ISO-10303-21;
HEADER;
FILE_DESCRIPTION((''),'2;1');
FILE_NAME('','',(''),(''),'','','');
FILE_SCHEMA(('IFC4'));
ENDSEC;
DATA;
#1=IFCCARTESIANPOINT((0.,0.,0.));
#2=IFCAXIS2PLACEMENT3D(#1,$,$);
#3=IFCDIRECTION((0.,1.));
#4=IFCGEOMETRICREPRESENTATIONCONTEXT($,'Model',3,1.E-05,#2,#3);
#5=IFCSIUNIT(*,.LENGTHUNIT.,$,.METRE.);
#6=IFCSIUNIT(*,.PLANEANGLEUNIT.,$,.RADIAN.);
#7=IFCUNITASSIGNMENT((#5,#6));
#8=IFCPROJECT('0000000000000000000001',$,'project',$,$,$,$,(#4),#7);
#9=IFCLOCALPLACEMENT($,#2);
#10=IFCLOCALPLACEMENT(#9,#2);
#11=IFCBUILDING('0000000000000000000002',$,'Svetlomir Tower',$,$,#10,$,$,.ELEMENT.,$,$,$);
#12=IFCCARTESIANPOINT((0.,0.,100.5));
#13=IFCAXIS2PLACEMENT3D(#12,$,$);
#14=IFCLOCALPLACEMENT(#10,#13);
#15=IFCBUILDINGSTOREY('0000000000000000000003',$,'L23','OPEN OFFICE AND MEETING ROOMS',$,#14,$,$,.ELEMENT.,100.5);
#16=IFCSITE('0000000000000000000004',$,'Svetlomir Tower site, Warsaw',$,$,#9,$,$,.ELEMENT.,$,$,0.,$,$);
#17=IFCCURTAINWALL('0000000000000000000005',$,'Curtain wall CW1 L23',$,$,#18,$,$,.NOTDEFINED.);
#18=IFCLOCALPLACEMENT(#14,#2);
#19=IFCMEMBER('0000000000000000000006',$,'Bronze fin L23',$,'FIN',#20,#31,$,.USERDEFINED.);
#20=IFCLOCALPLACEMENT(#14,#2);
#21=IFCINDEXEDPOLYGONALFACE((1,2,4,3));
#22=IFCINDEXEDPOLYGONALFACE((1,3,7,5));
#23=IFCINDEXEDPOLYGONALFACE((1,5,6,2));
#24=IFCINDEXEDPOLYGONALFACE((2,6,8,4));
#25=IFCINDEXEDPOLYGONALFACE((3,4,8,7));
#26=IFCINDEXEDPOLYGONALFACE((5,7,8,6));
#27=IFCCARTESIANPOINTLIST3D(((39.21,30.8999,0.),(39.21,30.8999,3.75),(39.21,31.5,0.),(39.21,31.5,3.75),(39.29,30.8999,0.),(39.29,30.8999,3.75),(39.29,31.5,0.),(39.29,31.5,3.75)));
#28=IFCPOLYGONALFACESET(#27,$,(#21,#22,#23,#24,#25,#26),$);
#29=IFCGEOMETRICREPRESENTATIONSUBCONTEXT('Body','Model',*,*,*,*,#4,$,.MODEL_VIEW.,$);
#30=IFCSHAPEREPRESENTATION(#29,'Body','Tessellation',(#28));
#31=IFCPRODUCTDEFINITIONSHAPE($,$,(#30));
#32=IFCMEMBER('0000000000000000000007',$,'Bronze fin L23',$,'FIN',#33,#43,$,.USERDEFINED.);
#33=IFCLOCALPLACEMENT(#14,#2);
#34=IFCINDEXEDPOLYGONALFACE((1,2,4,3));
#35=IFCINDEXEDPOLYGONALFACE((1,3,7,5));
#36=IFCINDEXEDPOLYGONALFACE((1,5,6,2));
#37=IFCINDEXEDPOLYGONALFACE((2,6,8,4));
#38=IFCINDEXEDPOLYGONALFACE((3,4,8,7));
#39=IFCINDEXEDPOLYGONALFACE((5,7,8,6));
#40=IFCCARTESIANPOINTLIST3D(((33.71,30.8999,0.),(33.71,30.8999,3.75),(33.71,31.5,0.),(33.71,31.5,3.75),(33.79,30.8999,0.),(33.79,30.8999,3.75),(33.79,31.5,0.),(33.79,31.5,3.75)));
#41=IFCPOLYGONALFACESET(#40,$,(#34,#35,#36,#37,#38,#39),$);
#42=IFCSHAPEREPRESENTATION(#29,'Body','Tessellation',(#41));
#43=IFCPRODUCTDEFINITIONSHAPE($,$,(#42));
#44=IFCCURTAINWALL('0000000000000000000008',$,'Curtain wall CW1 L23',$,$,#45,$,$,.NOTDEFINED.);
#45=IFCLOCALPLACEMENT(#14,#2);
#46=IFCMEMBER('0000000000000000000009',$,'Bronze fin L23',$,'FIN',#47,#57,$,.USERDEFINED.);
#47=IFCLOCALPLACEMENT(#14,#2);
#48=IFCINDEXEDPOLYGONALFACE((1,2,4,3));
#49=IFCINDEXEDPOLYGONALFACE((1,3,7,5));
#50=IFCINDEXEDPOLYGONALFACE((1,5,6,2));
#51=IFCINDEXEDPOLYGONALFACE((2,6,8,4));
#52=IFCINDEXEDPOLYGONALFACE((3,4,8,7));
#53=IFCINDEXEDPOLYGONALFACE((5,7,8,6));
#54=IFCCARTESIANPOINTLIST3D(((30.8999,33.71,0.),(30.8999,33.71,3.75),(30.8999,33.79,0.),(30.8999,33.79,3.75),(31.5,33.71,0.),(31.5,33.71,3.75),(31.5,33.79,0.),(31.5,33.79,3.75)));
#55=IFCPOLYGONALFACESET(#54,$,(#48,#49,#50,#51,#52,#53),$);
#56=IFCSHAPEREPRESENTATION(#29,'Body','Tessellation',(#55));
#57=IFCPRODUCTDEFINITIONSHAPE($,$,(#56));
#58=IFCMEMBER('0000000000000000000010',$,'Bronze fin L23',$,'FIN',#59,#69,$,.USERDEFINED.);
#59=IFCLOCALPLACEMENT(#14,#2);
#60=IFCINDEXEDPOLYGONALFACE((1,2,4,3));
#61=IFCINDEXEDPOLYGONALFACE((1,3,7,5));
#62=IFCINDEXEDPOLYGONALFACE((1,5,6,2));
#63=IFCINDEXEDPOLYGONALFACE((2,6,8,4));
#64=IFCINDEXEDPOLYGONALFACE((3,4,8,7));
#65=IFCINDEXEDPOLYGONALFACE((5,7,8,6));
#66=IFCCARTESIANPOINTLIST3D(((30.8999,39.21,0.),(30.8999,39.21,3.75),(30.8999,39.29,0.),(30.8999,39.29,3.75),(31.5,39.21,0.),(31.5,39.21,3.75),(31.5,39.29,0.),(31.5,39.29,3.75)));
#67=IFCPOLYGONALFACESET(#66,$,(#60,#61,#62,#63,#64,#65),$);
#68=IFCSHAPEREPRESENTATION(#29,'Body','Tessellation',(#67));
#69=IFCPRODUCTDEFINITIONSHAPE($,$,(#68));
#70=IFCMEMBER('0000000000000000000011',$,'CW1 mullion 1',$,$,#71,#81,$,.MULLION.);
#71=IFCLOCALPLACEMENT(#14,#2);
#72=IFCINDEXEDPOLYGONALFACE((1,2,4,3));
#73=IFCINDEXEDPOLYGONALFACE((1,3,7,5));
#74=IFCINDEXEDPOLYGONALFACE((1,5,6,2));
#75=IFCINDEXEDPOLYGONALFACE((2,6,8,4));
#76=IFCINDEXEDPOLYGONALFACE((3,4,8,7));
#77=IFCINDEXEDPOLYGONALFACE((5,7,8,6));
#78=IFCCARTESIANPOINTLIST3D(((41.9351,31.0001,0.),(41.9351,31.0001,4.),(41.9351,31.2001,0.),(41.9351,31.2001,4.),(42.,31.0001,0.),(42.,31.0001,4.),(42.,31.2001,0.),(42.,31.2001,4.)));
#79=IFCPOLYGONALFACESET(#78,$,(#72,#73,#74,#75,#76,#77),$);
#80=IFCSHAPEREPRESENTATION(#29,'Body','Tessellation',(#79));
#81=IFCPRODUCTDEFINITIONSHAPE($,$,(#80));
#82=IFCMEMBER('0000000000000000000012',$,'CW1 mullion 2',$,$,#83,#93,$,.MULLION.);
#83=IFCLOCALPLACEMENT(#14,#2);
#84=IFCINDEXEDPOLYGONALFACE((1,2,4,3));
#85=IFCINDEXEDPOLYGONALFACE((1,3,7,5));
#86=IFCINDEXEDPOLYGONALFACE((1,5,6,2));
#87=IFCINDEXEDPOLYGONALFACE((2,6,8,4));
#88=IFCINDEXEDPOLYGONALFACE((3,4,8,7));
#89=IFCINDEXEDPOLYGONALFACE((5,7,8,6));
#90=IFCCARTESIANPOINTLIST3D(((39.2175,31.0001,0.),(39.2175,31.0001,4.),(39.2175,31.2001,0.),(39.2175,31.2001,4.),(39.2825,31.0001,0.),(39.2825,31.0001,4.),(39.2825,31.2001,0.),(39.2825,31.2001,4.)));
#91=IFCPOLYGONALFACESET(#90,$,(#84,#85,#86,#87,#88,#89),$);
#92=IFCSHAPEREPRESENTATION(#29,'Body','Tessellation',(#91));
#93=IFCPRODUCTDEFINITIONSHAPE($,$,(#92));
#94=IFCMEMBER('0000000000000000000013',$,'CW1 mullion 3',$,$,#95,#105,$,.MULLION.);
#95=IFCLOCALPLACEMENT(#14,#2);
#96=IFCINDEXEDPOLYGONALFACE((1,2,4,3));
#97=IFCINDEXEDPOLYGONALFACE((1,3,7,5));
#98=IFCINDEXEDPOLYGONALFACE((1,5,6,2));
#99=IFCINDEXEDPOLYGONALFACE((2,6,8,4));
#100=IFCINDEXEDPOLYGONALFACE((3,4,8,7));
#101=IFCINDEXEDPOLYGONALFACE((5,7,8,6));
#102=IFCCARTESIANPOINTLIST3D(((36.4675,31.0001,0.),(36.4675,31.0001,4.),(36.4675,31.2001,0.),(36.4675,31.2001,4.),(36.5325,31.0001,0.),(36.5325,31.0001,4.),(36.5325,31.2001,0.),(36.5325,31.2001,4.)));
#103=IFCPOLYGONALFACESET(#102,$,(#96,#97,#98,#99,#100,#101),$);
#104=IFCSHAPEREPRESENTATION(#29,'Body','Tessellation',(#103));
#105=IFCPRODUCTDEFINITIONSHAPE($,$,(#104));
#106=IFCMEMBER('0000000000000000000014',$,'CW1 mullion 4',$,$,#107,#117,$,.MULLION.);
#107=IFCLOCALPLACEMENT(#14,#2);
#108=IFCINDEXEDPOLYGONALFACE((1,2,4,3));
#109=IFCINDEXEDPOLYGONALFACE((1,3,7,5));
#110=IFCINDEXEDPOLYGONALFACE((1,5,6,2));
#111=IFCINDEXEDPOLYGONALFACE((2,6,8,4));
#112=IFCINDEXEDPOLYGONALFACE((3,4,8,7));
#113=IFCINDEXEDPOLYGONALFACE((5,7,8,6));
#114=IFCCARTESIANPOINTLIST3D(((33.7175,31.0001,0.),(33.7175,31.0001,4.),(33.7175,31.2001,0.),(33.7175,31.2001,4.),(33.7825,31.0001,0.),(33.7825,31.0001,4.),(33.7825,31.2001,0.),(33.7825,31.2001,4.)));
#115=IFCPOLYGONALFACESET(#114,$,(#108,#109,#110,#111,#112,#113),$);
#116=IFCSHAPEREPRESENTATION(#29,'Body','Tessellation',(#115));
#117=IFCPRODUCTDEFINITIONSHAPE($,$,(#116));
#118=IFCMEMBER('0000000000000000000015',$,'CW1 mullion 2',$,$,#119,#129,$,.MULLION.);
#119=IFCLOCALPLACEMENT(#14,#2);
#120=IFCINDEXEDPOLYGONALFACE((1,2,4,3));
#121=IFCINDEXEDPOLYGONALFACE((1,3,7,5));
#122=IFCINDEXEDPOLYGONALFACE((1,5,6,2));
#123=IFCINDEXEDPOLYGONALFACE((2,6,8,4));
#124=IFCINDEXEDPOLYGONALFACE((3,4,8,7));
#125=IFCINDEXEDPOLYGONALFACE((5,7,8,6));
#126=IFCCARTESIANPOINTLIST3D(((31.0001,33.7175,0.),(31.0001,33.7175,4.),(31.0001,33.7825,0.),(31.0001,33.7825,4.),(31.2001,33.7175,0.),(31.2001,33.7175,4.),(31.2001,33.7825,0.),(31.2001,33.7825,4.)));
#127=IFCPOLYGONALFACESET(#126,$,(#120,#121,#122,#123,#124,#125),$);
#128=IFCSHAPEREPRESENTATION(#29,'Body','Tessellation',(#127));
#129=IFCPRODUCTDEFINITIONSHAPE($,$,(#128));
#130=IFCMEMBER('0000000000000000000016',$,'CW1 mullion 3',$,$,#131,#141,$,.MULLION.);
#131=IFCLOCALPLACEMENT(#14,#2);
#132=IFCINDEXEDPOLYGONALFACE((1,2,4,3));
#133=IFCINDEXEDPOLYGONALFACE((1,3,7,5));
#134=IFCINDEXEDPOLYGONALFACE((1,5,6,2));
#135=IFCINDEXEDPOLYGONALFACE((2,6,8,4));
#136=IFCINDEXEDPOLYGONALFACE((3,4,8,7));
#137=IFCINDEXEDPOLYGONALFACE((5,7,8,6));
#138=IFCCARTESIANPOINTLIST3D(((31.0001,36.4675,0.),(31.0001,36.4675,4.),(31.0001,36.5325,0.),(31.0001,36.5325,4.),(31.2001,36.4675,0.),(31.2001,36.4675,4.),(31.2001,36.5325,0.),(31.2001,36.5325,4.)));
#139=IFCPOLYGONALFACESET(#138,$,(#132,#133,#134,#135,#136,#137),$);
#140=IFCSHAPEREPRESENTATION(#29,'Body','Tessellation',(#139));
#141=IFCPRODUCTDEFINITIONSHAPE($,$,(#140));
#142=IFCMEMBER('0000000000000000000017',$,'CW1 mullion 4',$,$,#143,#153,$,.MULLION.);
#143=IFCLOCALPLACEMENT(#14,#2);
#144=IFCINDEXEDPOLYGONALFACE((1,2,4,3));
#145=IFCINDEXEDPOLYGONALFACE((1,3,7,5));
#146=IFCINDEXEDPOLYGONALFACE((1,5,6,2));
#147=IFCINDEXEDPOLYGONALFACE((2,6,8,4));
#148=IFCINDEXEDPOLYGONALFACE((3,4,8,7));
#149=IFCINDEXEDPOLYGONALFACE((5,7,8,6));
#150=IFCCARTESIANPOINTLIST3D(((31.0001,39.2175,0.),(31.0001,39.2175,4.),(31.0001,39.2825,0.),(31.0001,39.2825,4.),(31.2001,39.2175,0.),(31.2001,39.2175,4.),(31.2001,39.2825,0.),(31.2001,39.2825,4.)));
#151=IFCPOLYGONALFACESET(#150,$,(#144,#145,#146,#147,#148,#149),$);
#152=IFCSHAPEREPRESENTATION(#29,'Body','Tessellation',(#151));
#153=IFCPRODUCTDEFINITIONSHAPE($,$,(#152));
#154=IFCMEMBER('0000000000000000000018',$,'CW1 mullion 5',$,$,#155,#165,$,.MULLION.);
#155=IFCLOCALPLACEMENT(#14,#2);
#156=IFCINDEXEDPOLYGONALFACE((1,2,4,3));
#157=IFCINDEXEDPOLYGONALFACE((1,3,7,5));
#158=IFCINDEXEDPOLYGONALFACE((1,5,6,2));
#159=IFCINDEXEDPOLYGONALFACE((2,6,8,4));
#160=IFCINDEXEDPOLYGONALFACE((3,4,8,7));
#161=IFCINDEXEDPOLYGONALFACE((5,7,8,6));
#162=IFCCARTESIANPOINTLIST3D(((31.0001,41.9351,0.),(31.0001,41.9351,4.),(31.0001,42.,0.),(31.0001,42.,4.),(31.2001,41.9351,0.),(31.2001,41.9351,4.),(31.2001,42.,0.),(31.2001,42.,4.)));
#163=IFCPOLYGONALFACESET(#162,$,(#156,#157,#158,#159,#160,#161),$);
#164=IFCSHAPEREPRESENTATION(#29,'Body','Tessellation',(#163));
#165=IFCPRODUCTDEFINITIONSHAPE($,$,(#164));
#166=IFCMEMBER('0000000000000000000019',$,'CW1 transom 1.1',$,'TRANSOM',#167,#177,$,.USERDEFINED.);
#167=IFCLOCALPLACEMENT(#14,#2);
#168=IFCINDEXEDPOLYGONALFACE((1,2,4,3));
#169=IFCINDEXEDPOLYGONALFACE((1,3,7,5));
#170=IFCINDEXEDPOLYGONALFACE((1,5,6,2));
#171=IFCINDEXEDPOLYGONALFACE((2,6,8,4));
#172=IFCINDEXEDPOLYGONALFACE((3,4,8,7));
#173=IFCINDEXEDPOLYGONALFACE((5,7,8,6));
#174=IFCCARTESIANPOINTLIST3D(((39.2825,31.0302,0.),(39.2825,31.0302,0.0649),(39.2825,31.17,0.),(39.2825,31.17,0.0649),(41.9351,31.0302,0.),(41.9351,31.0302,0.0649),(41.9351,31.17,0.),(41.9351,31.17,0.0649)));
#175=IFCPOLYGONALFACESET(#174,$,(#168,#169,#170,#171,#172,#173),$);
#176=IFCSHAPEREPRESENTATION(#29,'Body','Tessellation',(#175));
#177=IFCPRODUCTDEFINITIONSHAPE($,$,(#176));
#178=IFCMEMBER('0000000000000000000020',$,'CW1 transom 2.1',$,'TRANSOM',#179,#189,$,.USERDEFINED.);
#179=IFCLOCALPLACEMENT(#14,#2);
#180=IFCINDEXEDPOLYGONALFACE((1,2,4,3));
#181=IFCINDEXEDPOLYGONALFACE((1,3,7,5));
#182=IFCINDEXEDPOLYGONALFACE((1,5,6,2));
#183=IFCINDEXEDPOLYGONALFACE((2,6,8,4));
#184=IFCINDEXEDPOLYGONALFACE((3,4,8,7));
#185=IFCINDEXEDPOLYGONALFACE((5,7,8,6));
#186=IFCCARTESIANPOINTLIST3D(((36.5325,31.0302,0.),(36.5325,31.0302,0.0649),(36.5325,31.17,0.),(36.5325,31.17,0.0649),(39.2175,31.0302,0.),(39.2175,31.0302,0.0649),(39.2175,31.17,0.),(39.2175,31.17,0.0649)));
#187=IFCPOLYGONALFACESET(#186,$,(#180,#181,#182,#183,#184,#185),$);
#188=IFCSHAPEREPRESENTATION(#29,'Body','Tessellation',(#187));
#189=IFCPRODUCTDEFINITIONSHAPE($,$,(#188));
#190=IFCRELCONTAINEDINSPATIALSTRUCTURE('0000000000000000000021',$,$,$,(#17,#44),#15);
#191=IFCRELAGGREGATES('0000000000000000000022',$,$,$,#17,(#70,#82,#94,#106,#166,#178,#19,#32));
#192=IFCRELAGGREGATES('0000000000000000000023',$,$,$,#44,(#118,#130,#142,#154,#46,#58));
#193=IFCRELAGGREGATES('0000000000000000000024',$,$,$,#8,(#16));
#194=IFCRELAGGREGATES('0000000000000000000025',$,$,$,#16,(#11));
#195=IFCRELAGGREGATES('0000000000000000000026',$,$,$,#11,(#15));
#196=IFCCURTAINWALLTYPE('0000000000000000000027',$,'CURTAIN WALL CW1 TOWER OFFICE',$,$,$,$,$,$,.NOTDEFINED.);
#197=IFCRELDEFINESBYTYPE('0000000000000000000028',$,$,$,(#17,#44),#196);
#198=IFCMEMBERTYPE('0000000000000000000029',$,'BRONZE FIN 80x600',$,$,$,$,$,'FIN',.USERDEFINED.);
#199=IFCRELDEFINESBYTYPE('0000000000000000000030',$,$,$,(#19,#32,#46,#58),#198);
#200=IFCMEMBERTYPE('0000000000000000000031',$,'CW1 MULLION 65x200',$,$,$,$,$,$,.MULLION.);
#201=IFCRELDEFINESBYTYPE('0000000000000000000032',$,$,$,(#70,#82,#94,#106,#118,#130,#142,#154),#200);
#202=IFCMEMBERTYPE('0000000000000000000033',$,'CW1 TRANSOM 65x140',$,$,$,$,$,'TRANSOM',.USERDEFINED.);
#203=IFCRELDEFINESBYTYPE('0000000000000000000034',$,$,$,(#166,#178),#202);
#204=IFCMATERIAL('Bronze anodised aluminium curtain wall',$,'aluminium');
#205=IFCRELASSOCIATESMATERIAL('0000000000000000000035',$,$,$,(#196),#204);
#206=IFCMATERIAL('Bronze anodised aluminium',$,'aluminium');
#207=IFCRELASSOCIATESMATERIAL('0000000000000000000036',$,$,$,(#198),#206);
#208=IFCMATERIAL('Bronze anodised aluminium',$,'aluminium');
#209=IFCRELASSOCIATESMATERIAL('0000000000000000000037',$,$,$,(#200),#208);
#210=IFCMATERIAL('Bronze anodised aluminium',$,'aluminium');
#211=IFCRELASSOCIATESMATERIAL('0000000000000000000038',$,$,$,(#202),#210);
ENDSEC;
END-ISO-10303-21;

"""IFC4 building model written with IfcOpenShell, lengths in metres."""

from ifc_helpers import new_model, si_unit, direction, frame, origin, origin_2d, place, context, subcontext, project, spatial, rectangle, extrude, material, material_profile, profile_set, type_object, element, aggregate, save


model = new_model("IFC4")

# Units and contexts
model_context = context("Model", 3, precision=1e-05, world=origin(), true_north=direction((0.0, 1.0)))
body_context = subcontext(model_context, "Body", "Model", "MODEL_VIEW")
ifc_project = project(units=[si_unit("LENGTHUNIT", "METRE"), si_unit("PLANEANGLEUNIT", "RADIAN")], contexts=[model_context])

# Site, building, storey
site_placement = place(None, origin())
site = spatial("IfcSite", under=ifc_project, at=site_placement, Name="Svetlomir Tower site, Warsaw", CompositionType="ELEMENT", RefElevation=0.0)
building_placement = place(site_placement, origin())
building = spatial("IfcBuilding", under=site, at=building_placement, Name="Svetlomir Tower", CompositionType="ELEMENT")
storey_placement = place(building_placement, frame((0.0, 0.0, 100.5)))
storey = spatial("IfcBuildingStorey", under=building, at=storey_placement, Name="L23", Description="OPEN OFFICE AND MEETING ROOMS", CompositionType="ELEMENT", Elevation=100.5)

# Curtain walls, members
ifc_material_1 = material(Name="Bronze anodised aluminium curtain wall", Category="aluminium")
curtain_wall_type = type_object("IfcCurtainWallType", Name="CURTAIN WALL CW1 TOWER OFFICE", PredefinedType="NOTDEFINED", material=ifc_material_1)
curtain_wall_1_placement = place(storey_placement, origin())
curtain_wall_1 = element("IfcCurtainWall", 1, at=curtain_wall_1_placement, inside=storey, type_object=curtain_wall_type, Name="Curtain wall CW1 L23", PredefinedType="NOTDEFINED")
ifc_material_2 = material(Name="Bronze anodised aluminium", Category="aluminium")
ifc_material_profile_1 = material_profile(ifc_material_2, rectangle(XDim=0.0801, YDim=0.6001, at=origin_2d()), Name="FIN 80x600")
ifc_profile_set_1 = profile_set([ifc_material_profile_1], Name="Bronze anodised aluminium 6063-T6")
member_type_1 = type_object("IfcMemberType", Name="BRONZE FIN 80x600", ElementType="FIN", PredefinedType="USERDEFINED", material=ifc_profile_set_1)
member_1_placement = place(storey_placement, frame((39.25, 31.2, 0.0), z_axis=(0.0, 0.0, 1.0), x_axis=(1.0, 0.0, 0.0)))
member_1 = element("IfcMember", 2, at=member_1_placement, type_object=member_type_1, Name="Bronze fin L23", ObjectType="FIN", PredefinedType="USERDEFINED", context=body_context, shape_type="SweptSolid", body=[
    extrude(rectangle(XDim=0.0801, YDim=0.6001, at=origin_2d()), origin(), (0.0, 0.0, 1.0), 3.75),
])
member_2_placement = place(storey_placement, frame((33.75, 31.2, 0.0), z_axis=(0.0, 0.0, 1.0), x_axis=(1.0, 0.0, 0.0)))
member_2 = element("IfcMember", 3, at=member_2_placement, type_object=member_type_1, Name="Bronze fin L23", ObjectType="FIN", PredefinedType="USERDEFINED", context=body_context, shape_type="SweptSolid", body=[
    extrude(rectangle(XDim=0.0801, YDim=0.6001, at=origin_2d()), origin(), (0.0, 0.0, 1.0), 3.75),
])
curtain_wall_2_placement = place(storey_placement, origin())
curtain_wall_2 = element("IfcCurtainWall", 4, at=curtain_wall_2_placement, inside=storey, type_object=curtain_wall_type, Name="Curtain wall CW1 L23", PredefinedType="NOTDEFINED")
member_3_placement = place(storey_placement, frame((31.2, 33.75, 0.0), z_axis=(0.0, 0.0, 1.0), x_axis=(0.0, 1.0, 0.0)))
member_3 = element("IfcMember", 5, at=member_3_placement, type_object=member_type_1, Name="Bronze fin L23", ObjectType="FIN", PredefinedType="USERDEFINED", context=body_context, shape_type="SweptSolid", body=[
    extrude(rectangle(XDim=0.0801, YDim=0.6001, at=origin_2d()), origin(), (0.0, 0.0, 1.0), 3.75),
])
member_4_placement = place(storey_placement, frame((31.2, 39.25, 0.0), z_axis=(0.0, 0.0, 1.0), x_axis=(0.0, 1.0, 0.0)))
member_4 = element("IfcMember", 6, at=member_4_placement, type_object=member_type_1, Name="Bronze fin L23", ObjectType="FIN", PredefinedType="USERDEFINED", context=body_context, shape_type="SweptSolid", body=[
    extrude(rectangle(XDim=0.0801, YDim=0.6001, at=origin_2d()), origin(), (0.0, 0.0, 1.0), 3.75),
])

# Members
ifc_material_3 = material(Name="Bronze anodised aluminium", Category="aluminium")
ifc_material_profile_2 = material_profile(ifc_material_3, rectangle(XDim=0.0649, YDim=0.2, at=origin_2d()), Name="AL 65x200")
ifc_profile_set_2 = profile_set([ifc_material_profile_2], Name="Bronze anodised aluminium 6063-T6")
member_type_2 = type_object("IfcMemberType", Name="CW1 MULLION 65x200", PredefinedType="MULLION", material=ifc_profile_set_2)
member_5_placement = place(storey_placement, frame((41.9675, 31.1001, 0.0), z_axis=(0.0, 0.0, 1.0), x_axis=(-1.0, 0.0, 0.0)))
member_5 = element("IfcMember", 7, at=member_5_placement, type_object=member_type_2, Name="CW1 mullion 1", PredefinedType="MULLION", context=body_context, shape_type="SweptSolid", body=[
    extrude(rectangle(XDim=0.0649, YDim=0.2, at=origin_2d()), origin(), (0.0, 0.0, 1.0), 4.0),
])
member_6_placement = place(storey_placement, frame((39.25, 31.1001, 0.0), z_axis=(0.0, 0.0, 1.0), x_axis=(-1.0, 0.0, 0.0)))
member_6 = element("IfcMember", 8, at=member_6_placement, type_object=member_type_2, Name="CW1 mullion 2", PredefinedType="MULLION", context=body_context, shape_type="SweptSolid", body=[
    extrude(rectangle(XDim=0.0649, YDim=0.2, at=origin_2d()), origin(), (0.0, 0.0, 1.0), 4.0),
])
member_7_placement = place(storey_placement, frame((36.5, 31.1001, 0.0), z_axis=(0.0, 0.0, 1.0), x_axis=(-1.0, 0.0, 0.0)))
member_7 = element("IfcMember", 9, at=member_7_placement, type_object=member_type_2, Name="CW1 mullion 3", PredefinedType="MULLION", context=body_context, shape_type="SweptSolid", body=[
    extrude(rectangle(XDim=0.0649, YDim=0.2, at=origin_2d()), origin(), (0.0, 0.0, 1.0), 4.0),
])
member_8_placement = place(storey_placement, frame((33.75, 31.1001, 0.0), z_axis=(0.0, 0.0, 1.0), x_axis=(-1.0, 0.0, 0.0)))
member_8 = element("IfcMember", 10, at=member_8_placement, type_object=member_type_2, Name="CW1 mullion 4", PredefinedType="MULLION", context=body_context, shape_type="SweptSolid", body=[
    extrude(rectangle(XDim=0.0649, YDim=0.2, at=origin_2d()), origin(), (0.0, 0.0, 1.0), 4.0),
])
member_9_placement = place(storey_placement, frame((31.1001, 33.75, 0.0), z_axis=(0.0, 0.0, 1.0), x_axis=(0.0, 1.0, 0.0)))
member_9 = element("IfcMember", 11, at=member_9_placement, type_object=member_type_2, Name="CW1 mullion 2", PredefinedType="MULLION", context=body_context, shape_type="SweptSolid", body=[
    extrude(rectangle(XDim=0.0649, YDim=0.2, at=origin_2d()), origin(), (0.0, 0.0, 1.0), 4.0),
])
member_10_placement = place(storey_placement, frame((31.1001, 36.5, 0.0), z_axis=(0.0, 0.0, 1.0), x_axis=(0.0, 1.0, 0.0)))
member_10 = element("IfcMember", 12, at=member_10_placement, type_object=member_type_2, Name="CW1 mullion 3", PredefinedType="MULLION", context=body_context, shape_type="SweptSolid", body=[
    extrude(rectangle(XDim=0.0649, YDim=0.2, at=origin_2d()), origin(), (0.0, 0.0, 1.0), 4.0),
])
member_11_placement = place(storey_placement, frame((31.1001, 39.25, 0.0), z_axis=(0.0, 0.0, 1.0), x_axis=(0.0, 1.0, 0.0)))
member_11 = element("IfcMember", 13, at=member_11_placement, type_object=member_type_2, Name="CW1 mullion 4", PredefinedType="MULLION", context=body_context, shape_type="SweptSolid", body=[
    extrude(rectangle(XDim=0.0649, YDim=0.2, at=origin_2d()), origin(), (0.0, 0.0, 1.0), 4.0),
])
member_12_placement = place(storey_placement, frame((31.1001, 41.9675, 0.0), z_axis=(0.0, 0.0, 1.0), x_axis=(0.0, 1.0, 0.0)))
member_12 = element("IfcMember", 14, at=member_12_placement, type_object=member_type_2, Name="CW1 mullion 5", PredefinedType="MULLION", context=body_context, shape_type="SweptSolid", body=[
    extrude(rectangle(XDim=0.0649, YDim=0.2, at=origin_2d()), origin(), (0.0, 0.0, 1.0), 4.0),
])
ifc_material_4 = material(Name="Bronze anodised aluminium", Category="aluminium")
ifc_material_profile_3 = material_profile(ifc_material_4, rectangle(XDim=0.1399, YDim=0.0649, at=origin_2d()), Name="AL 140x65")
ifc_profile_set_3 = profile_set([ifc_material_profile_3], Name="Bronze anodised aluminium 6063-T6")
member_type_3 = type_object("IfcMemberType", Name="CW1 TRANSOM 65x140", ElementType="TRANSOM", PredefinedType="USERDEFINED", material=ifc_profile_set_3)
member_13_placement = place(storey_placement, frame((41.9351, 31.1001, 0.0325), z_axis=(-1.0, 0.0, 0.0), x_axis=(0.0, -1.0, 0.0)))
member_13 = element("IfcMember", 15, at=member_13_placement, type_object=member_type_3, Name="CW1 transom 1.1", ObjectType="TRANSOM", PredefinedType="USERDEFINED", context=body_context, shape_type="SweptSolid", body=[
    extrude(rectangle(XDim=0.1399, YDim=0.0649, at=origin_2d()), origin(), (0.0, 0.0, 1.0), 2.6526),
])
member_14_placement = place(storey_placement, frame((39.2175, 31.1001, 0.0325), z_axis=(-1.0, 0.0, 0.0), x_axis=(0.0, -1.0, 0.0)))
member_14 = element("IfcMember", 16, at=member_14_placement, type_object=member_type_3, Name="CW1 transom 2.1", ObjectType="TRANSOM", PredefinedType="USERDEFINED", context=body_context, shape_type="SweptSolid", body=[
    extrude(rectangle(XDim=0.1399, YDim=0.0649, at=origin_2d()), origin(), (0.0, 0.0, 1.0), 2.6851),
])

aggregate(curtain_wall_1, [member_5, member_6, member_7, member_8, member_13, member_14, member_1, member_2])
aggregate(curtain_wall_2, [member_9, member_10, member_11, member_12, member_3, member_4])

save(model, "model.ifc")
